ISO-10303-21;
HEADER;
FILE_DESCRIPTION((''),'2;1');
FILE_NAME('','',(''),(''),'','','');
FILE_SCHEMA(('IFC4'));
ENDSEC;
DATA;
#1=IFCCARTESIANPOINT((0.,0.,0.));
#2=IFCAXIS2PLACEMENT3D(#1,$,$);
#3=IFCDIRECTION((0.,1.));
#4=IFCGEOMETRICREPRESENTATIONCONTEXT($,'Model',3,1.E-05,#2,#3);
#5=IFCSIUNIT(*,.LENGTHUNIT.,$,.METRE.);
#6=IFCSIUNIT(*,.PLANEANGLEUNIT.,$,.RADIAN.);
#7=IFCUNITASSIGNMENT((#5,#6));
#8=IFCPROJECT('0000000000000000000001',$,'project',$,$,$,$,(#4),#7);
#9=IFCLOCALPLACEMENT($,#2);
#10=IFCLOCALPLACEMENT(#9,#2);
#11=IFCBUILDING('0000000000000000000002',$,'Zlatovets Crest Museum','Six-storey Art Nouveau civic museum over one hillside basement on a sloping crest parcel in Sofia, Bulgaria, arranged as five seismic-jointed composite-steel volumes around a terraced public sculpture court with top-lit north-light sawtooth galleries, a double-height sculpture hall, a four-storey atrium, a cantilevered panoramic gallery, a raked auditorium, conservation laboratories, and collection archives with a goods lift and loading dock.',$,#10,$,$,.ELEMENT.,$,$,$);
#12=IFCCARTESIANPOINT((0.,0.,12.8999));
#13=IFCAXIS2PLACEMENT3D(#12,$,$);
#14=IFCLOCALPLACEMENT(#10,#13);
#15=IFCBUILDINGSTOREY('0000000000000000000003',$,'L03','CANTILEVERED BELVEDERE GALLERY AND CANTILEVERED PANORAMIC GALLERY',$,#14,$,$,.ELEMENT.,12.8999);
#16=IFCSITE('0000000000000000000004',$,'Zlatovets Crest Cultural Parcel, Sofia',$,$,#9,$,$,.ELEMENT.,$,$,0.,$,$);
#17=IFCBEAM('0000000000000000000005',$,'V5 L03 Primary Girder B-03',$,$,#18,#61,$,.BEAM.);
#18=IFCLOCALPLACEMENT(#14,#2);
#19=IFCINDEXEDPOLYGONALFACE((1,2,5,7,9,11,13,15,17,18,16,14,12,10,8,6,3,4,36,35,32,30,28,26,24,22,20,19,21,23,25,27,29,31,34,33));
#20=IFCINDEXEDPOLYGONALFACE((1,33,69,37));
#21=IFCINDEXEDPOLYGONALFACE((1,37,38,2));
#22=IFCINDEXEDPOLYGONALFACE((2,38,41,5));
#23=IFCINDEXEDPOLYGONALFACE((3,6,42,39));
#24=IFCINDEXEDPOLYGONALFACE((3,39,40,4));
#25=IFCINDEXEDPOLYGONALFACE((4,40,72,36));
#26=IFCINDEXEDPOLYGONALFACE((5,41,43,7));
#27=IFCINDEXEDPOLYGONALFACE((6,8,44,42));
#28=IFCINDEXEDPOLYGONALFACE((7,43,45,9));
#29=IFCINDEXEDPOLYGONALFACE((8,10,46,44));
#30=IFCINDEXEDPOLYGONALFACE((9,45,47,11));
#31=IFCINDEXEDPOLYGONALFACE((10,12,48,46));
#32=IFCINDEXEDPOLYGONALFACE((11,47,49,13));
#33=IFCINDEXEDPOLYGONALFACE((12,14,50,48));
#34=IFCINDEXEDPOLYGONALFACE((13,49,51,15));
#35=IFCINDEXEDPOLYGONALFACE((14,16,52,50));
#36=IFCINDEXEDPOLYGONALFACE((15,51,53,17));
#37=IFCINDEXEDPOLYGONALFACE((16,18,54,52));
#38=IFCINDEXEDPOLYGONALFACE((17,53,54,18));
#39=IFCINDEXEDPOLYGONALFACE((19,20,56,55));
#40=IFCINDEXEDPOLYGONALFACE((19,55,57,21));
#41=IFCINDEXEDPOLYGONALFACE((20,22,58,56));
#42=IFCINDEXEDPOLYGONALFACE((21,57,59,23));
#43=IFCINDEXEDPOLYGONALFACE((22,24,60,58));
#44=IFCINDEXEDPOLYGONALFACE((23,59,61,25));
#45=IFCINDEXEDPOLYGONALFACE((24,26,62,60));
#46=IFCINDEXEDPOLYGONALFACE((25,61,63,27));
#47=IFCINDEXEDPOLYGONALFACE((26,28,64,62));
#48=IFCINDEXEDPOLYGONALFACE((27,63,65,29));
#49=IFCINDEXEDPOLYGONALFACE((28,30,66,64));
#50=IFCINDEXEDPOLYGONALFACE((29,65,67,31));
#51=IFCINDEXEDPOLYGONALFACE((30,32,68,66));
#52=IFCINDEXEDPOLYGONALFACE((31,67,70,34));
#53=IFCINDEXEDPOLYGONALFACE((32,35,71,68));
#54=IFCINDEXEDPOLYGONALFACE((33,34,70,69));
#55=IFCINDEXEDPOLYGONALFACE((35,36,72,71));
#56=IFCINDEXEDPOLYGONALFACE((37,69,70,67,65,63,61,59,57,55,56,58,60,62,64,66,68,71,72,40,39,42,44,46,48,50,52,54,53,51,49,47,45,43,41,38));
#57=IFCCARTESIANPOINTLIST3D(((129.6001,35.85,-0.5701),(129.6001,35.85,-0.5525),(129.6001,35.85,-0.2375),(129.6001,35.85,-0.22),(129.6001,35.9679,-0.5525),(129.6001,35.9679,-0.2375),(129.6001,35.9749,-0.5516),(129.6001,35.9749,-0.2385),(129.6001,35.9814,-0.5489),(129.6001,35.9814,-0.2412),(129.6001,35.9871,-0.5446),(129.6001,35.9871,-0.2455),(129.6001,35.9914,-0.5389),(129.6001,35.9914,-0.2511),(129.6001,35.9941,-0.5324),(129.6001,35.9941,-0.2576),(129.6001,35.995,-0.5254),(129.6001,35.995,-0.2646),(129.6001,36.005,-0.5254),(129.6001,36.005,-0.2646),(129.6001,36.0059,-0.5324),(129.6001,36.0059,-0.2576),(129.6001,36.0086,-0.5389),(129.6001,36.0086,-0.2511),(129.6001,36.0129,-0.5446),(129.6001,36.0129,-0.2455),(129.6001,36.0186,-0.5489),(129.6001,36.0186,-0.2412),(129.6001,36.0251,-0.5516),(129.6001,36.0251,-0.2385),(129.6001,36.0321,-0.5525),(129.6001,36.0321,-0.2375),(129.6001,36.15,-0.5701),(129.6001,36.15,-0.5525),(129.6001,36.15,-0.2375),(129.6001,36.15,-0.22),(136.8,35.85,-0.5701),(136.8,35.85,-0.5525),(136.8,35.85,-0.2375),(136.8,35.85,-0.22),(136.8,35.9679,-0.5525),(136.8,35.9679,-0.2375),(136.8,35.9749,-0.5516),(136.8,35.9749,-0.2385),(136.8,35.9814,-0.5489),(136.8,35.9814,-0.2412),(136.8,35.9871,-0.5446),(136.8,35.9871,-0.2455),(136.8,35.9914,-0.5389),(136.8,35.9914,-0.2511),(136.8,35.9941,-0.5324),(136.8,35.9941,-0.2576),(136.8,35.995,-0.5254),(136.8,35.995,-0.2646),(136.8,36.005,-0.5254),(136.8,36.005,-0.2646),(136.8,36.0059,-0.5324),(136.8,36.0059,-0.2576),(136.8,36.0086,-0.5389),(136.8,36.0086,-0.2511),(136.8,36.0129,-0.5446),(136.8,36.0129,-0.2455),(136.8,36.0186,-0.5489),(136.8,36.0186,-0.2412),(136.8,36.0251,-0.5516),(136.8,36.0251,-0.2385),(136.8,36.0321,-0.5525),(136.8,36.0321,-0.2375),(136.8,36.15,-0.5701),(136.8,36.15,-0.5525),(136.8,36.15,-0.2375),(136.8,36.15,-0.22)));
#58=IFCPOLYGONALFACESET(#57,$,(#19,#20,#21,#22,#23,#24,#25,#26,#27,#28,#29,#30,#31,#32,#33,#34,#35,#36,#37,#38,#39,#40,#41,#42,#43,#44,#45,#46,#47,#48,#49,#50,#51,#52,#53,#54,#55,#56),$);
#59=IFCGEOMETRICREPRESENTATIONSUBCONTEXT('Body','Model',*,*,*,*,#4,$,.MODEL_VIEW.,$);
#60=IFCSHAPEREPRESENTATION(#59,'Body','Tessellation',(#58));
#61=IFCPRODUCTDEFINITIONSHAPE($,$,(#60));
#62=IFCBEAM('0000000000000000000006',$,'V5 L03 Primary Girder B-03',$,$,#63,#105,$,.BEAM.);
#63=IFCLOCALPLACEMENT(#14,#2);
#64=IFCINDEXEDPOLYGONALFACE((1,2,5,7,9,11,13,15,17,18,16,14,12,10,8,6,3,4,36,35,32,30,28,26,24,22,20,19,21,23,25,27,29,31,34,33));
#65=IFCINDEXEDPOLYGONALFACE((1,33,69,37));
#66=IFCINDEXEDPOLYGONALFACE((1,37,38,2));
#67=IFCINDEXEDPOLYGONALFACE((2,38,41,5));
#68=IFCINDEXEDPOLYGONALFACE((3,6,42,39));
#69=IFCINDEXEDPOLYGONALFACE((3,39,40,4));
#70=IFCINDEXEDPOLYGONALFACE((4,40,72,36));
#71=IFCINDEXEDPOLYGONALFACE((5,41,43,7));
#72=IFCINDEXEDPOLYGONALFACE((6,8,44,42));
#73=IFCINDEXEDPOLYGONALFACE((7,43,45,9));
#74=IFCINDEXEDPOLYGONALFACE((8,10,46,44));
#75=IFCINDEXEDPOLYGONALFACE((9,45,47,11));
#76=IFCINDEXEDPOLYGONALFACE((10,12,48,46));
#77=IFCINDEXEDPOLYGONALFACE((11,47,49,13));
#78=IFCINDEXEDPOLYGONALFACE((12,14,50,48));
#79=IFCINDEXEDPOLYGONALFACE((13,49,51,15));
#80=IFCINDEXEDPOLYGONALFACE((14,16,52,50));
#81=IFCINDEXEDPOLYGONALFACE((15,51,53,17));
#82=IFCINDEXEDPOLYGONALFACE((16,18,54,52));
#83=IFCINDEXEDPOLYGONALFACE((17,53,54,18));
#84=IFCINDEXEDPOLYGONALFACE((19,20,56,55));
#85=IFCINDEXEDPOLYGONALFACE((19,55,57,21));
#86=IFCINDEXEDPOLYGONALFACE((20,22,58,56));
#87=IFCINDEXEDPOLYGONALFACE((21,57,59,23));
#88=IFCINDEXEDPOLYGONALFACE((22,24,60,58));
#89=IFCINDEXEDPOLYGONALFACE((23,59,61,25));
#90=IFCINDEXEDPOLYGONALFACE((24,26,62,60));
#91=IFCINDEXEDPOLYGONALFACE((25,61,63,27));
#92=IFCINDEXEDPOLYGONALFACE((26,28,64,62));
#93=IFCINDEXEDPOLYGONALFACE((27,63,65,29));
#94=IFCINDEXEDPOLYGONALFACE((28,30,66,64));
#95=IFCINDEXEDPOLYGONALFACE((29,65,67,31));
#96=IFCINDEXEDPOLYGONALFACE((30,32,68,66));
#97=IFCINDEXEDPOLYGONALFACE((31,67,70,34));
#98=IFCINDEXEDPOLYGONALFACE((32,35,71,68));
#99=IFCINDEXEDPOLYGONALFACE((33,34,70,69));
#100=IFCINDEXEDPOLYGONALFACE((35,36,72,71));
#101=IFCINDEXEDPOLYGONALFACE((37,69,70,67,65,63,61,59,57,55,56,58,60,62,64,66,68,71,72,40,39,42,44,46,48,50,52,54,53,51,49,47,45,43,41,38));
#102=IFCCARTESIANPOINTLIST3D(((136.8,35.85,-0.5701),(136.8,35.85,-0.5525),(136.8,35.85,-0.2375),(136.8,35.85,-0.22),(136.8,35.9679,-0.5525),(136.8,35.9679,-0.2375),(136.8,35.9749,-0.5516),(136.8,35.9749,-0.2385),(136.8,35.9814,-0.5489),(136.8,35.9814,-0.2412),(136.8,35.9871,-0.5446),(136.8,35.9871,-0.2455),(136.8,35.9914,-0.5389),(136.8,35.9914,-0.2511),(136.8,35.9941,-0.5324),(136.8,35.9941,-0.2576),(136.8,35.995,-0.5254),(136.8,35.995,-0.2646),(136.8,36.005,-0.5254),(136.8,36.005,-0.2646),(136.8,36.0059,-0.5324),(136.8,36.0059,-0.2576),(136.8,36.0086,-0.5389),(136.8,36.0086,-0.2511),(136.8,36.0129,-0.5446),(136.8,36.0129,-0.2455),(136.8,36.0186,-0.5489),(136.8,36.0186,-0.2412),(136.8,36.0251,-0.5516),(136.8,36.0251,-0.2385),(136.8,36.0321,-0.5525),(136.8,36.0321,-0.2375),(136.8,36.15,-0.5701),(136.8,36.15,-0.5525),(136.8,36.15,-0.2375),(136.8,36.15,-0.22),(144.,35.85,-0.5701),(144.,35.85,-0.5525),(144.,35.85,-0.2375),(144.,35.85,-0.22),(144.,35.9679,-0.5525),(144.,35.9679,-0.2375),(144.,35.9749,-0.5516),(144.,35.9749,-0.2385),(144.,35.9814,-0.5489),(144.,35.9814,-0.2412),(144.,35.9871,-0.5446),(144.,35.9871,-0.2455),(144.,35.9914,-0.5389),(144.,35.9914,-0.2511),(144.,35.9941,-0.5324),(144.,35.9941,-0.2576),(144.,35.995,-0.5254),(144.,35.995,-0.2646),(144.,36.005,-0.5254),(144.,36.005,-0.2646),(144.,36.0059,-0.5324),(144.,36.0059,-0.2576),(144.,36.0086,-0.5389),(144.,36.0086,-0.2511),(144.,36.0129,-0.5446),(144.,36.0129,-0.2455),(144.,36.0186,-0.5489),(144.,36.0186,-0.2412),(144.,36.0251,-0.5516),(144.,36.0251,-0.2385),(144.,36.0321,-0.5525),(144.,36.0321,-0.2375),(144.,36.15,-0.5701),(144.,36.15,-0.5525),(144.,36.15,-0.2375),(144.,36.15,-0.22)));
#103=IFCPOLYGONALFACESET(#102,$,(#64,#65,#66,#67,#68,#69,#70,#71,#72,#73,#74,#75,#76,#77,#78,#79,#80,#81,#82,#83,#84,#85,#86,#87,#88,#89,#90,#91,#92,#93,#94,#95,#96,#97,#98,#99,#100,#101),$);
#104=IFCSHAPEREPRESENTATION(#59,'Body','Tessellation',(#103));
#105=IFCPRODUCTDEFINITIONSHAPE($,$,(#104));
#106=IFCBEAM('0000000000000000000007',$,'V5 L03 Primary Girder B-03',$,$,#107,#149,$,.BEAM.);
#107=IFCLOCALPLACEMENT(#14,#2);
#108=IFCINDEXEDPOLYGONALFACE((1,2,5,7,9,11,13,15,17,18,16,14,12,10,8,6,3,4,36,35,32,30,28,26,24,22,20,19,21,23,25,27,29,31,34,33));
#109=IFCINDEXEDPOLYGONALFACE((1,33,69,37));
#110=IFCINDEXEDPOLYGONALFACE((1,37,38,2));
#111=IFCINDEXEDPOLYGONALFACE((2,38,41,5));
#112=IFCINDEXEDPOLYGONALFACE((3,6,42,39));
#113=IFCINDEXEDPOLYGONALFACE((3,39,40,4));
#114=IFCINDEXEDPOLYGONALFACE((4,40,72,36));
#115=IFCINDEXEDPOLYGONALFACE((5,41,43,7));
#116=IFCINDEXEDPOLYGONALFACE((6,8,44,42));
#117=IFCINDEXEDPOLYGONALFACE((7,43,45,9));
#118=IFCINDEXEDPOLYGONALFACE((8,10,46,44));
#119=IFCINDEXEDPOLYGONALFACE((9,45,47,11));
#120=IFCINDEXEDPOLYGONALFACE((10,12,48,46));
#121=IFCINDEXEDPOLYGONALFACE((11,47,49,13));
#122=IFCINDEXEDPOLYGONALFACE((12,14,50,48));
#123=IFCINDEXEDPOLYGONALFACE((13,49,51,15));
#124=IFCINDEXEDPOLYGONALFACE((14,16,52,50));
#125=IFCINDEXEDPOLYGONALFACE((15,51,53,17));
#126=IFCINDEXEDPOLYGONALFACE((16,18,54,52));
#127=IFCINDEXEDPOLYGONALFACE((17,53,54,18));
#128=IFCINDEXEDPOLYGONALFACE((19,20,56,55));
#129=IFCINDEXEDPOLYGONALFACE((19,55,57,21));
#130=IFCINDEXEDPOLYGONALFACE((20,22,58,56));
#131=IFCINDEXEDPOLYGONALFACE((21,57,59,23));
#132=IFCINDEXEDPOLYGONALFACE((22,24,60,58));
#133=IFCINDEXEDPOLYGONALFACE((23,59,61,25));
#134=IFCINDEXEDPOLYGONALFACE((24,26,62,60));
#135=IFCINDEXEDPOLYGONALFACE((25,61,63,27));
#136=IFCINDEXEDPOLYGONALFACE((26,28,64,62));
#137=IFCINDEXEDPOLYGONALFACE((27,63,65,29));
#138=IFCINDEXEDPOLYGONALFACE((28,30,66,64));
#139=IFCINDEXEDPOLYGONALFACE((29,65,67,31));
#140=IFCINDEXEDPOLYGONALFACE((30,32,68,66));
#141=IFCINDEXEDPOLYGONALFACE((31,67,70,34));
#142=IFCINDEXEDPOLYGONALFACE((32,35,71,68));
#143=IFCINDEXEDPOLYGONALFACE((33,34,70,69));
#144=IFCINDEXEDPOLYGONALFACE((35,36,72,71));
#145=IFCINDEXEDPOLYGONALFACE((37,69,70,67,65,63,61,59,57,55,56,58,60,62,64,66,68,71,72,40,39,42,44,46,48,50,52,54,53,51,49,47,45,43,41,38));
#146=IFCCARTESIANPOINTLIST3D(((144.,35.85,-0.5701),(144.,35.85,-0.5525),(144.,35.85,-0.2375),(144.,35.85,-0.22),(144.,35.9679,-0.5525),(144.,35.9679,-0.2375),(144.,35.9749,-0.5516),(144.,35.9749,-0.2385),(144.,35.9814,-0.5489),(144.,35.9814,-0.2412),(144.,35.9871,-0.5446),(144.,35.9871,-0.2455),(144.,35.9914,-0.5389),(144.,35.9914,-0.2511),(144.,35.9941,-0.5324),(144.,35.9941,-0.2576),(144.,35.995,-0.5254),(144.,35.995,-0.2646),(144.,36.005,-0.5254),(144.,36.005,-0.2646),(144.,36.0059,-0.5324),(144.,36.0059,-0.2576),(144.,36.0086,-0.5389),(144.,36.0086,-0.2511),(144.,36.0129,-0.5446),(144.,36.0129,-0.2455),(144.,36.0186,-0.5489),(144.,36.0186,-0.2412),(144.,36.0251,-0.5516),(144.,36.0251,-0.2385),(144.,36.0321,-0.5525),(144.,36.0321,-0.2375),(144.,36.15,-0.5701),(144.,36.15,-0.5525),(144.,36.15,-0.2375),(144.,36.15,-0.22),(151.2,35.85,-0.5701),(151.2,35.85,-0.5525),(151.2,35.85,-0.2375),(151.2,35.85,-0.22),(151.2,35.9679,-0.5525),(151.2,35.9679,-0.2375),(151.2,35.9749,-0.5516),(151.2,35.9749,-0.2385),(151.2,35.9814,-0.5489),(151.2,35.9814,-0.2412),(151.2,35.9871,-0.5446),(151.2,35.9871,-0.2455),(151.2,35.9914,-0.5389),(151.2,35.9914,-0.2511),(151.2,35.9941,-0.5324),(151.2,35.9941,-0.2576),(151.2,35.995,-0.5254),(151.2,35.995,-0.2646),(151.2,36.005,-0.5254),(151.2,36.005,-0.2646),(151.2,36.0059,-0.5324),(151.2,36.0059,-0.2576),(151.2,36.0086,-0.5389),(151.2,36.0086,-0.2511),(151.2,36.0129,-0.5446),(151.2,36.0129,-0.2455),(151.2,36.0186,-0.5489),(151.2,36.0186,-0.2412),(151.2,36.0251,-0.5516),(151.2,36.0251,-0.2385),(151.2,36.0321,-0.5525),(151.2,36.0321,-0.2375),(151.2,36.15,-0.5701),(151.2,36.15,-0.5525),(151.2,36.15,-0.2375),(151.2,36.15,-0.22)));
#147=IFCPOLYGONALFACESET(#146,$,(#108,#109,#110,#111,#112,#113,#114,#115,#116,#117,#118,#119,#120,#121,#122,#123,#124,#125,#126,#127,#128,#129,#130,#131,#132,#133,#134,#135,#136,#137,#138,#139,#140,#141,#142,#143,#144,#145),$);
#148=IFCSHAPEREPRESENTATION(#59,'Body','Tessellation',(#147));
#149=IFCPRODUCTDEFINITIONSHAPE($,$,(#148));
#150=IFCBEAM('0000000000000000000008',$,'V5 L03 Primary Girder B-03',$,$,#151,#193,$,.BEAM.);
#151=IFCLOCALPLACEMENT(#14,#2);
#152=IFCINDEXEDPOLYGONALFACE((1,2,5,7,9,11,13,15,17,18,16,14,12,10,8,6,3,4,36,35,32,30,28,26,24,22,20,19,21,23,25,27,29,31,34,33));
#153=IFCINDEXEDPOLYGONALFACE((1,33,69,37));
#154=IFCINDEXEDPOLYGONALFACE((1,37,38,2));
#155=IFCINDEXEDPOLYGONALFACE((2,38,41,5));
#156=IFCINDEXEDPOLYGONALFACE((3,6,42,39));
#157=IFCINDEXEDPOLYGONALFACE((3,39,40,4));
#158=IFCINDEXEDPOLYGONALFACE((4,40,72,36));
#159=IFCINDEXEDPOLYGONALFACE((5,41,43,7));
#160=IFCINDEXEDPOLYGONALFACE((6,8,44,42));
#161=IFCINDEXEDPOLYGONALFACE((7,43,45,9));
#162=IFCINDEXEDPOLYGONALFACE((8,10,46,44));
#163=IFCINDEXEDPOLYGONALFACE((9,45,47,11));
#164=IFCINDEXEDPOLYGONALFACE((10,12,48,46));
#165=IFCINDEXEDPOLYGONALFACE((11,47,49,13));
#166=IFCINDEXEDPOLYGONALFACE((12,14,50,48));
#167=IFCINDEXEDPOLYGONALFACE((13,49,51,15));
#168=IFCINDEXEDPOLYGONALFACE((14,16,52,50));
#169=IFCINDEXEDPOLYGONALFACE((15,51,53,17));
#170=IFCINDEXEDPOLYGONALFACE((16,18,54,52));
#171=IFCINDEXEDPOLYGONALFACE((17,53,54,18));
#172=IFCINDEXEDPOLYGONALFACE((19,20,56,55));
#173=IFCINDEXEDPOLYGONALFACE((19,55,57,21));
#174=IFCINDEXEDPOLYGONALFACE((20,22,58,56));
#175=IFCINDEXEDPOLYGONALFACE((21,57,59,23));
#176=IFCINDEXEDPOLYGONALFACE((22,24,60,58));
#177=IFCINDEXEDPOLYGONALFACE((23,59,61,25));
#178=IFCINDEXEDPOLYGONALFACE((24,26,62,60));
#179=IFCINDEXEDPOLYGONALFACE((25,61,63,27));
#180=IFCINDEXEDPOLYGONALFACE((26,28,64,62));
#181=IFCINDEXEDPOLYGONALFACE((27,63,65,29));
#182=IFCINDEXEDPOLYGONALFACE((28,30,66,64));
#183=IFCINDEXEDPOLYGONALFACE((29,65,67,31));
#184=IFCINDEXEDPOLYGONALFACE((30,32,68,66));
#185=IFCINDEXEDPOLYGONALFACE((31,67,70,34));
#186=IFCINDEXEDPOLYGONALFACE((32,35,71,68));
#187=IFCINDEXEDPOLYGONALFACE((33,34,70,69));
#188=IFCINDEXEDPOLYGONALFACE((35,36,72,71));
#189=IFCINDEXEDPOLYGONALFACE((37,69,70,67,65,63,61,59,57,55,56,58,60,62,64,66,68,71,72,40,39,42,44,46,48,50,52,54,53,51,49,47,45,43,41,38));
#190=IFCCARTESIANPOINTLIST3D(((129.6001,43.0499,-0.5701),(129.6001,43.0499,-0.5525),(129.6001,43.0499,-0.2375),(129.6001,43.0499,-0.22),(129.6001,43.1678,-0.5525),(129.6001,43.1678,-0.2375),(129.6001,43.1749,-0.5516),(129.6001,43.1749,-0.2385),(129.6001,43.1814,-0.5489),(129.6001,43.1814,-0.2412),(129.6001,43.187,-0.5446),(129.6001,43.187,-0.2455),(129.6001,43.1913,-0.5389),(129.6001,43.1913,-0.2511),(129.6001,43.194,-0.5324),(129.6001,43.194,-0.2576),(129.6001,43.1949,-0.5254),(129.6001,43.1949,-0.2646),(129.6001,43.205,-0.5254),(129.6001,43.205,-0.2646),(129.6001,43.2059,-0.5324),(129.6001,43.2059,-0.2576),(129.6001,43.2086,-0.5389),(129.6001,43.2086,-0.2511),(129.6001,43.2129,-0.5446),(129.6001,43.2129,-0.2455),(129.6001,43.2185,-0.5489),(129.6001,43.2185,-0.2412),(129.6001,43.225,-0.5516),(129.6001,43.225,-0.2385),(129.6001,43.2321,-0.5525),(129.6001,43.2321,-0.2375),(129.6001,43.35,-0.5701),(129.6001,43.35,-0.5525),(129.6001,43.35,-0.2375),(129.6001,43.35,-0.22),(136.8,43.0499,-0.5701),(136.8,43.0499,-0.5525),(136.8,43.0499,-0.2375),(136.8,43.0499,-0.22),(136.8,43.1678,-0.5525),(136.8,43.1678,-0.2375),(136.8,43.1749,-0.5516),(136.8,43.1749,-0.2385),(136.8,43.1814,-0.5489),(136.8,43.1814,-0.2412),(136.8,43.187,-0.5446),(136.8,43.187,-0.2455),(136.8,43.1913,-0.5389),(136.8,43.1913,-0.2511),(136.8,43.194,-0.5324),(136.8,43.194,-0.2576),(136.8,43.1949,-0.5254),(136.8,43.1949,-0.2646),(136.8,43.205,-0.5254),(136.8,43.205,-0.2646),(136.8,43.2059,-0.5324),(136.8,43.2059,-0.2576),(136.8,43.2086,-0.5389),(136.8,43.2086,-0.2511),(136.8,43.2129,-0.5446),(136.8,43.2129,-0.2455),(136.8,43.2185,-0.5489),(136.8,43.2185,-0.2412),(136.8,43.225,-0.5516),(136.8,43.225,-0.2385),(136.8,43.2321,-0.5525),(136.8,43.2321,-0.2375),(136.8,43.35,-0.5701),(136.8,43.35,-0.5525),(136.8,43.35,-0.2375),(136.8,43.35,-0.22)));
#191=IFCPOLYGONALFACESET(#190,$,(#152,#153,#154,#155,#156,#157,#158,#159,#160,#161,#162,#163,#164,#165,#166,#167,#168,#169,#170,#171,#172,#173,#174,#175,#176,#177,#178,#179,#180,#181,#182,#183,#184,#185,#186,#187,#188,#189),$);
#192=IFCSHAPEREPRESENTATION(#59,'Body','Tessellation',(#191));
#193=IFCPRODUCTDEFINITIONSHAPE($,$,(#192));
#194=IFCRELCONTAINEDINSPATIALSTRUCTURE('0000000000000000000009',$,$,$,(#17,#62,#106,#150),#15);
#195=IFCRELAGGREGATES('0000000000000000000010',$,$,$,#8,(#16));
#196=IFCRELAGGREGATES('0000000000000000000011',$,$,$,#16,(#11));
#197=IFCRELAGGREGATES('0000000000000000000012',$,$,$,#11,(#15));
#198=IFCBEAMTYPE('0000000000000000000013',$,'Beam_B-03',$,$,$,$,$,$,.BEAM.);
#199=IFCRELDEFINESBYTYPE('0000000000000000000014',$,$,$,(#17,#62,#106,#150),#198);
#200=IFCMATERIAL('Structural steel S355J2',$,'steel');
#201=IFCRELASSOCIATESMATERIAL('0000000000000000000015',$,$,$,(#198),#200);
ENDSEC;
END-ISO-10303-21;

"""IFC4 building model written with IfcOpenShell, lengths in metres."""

from ifc_helpers import new_model, si_unit, direction, frame, origin, origin_2d, place, context, subcontext, project, spatial, i_section, extrude, material, material_profile, profile_set, type_object, element, save


model = new_model("IFC4")

# Units and contexts
model_context = context("Model", 3, precision=1e-05, world=origin(), true_north=direction((0.0, 1.0)))
body_context = subcontext(model_context, "Body", "Model", "MODEL_VIEW")
ifc_project = project(units=[si_unit("LENGTHUNIT", "METRE"), si_unit("PLANEANGLEUNIT", "RADIAN")], contexts=[model_context])

# Site, building, storey
site_placement = place(None, origin())
site = spatial("IfcSite", under=ifc_project, at=site_placement, Name="Zlatovets Crest Cultural Parcel, Sofia", CompositionType="ELEMENT", RefElevation=0.0)
building_placement = place(site_placement, origin())
building = spatial("IfcBuilding", under=site, at=building_placement, Name="Zlatovets Crest Museum", Description="Six-storey Art Nouveau civic museum over one hillside basement on a sloping crest parcel in Sofia, Bulgaria, arranged as five seismic-jointed composite-steel volumes around a terraced public sculpture court with top-lit north-light sawtooth galleries, a double-height sculpture hall, a four-storey atrium, a cantilevered panoramic gallery, a raked auditorium, conservation laboratories, and collection archives with a goods lift and loading dock.", CompositionType="ELEMENT")
storey_placement = place(building_placement, frame((0.0, 0.0, 12.8999)))
storey = spatial("IfcBuildingStorey", under=building, at=storey_placement, Name="L03", Description="CANTILEVERED BELVEDERE GALLERY AND CANTILEVERED PANORAMIC GALLERY", CompositionType="ELEMENT", Elevation=12.8999)

# Beams
ifc_material_1 = material(Name="Structural steel S355J2", Category="steel")
ifc_material_profile_1 = material_profile(ifc_material_1, i_section(OverallWidth=0.3, OverallDepth=0.3501, WebThickness=0.01, FlangeThickness=0.0176, FilletRadius=0.0271, at=origin_2d()), Name="HEA 360")
ifc_profile_set_1 = profile_set([ifc_material_profile_1], Name="Structural steel S355J2")
beam_type_1 = type_object("IfcBeamType", Name="Beam_B-03", PredefinedType="BEAM", material=ifc_profile_set_1)
for number, where, z_axis, x_axis, name in (
    (1, (129.6001, 36.0, -0.395), (1.0, 0.0, 0.0), (0.0, 1.0, 0.0), "V5 L03 Primary Girder B-03"),
    (2, (136.8, 36.0, -0.395), (1.0, 0.0, 0.0), (0.0, 1.0, 0.0), "V5 L03 Primary Girder B-03"),
    (3, (144.0, 36.0, -0.395), (1.0, 0.0, 0.0), (0.0, 1.0, 0.0), "V5 L03 Primary Girder B-03"),
    (4, (129.6001, 43.2, -0.395), (1.0, 0.0, 0.0), (0.0, 1.0, 0.0), "V5 L03 Primary Girder B-03"),
):
    element("IfcBeam", number, at=place(storey_placement, frame(where, z_axis=z_axis, x_axis=x_axis)), inside=storey, type_object=beam_type_1, Name=name, PredefinedType="BEAM", context=body_context, shape_type="SweptSolid", body=[
        extrude(i_section(OverallWidth=0.3, OverallDepth=0.3501, WebThickness=0.01, FlangeThickness=0.0176, FilletRadius=0.0271, at=origin_2d()), origin(), (0.0, 0.0, 1.0), 7.2),
    ])

save(model, "model.ifc")
